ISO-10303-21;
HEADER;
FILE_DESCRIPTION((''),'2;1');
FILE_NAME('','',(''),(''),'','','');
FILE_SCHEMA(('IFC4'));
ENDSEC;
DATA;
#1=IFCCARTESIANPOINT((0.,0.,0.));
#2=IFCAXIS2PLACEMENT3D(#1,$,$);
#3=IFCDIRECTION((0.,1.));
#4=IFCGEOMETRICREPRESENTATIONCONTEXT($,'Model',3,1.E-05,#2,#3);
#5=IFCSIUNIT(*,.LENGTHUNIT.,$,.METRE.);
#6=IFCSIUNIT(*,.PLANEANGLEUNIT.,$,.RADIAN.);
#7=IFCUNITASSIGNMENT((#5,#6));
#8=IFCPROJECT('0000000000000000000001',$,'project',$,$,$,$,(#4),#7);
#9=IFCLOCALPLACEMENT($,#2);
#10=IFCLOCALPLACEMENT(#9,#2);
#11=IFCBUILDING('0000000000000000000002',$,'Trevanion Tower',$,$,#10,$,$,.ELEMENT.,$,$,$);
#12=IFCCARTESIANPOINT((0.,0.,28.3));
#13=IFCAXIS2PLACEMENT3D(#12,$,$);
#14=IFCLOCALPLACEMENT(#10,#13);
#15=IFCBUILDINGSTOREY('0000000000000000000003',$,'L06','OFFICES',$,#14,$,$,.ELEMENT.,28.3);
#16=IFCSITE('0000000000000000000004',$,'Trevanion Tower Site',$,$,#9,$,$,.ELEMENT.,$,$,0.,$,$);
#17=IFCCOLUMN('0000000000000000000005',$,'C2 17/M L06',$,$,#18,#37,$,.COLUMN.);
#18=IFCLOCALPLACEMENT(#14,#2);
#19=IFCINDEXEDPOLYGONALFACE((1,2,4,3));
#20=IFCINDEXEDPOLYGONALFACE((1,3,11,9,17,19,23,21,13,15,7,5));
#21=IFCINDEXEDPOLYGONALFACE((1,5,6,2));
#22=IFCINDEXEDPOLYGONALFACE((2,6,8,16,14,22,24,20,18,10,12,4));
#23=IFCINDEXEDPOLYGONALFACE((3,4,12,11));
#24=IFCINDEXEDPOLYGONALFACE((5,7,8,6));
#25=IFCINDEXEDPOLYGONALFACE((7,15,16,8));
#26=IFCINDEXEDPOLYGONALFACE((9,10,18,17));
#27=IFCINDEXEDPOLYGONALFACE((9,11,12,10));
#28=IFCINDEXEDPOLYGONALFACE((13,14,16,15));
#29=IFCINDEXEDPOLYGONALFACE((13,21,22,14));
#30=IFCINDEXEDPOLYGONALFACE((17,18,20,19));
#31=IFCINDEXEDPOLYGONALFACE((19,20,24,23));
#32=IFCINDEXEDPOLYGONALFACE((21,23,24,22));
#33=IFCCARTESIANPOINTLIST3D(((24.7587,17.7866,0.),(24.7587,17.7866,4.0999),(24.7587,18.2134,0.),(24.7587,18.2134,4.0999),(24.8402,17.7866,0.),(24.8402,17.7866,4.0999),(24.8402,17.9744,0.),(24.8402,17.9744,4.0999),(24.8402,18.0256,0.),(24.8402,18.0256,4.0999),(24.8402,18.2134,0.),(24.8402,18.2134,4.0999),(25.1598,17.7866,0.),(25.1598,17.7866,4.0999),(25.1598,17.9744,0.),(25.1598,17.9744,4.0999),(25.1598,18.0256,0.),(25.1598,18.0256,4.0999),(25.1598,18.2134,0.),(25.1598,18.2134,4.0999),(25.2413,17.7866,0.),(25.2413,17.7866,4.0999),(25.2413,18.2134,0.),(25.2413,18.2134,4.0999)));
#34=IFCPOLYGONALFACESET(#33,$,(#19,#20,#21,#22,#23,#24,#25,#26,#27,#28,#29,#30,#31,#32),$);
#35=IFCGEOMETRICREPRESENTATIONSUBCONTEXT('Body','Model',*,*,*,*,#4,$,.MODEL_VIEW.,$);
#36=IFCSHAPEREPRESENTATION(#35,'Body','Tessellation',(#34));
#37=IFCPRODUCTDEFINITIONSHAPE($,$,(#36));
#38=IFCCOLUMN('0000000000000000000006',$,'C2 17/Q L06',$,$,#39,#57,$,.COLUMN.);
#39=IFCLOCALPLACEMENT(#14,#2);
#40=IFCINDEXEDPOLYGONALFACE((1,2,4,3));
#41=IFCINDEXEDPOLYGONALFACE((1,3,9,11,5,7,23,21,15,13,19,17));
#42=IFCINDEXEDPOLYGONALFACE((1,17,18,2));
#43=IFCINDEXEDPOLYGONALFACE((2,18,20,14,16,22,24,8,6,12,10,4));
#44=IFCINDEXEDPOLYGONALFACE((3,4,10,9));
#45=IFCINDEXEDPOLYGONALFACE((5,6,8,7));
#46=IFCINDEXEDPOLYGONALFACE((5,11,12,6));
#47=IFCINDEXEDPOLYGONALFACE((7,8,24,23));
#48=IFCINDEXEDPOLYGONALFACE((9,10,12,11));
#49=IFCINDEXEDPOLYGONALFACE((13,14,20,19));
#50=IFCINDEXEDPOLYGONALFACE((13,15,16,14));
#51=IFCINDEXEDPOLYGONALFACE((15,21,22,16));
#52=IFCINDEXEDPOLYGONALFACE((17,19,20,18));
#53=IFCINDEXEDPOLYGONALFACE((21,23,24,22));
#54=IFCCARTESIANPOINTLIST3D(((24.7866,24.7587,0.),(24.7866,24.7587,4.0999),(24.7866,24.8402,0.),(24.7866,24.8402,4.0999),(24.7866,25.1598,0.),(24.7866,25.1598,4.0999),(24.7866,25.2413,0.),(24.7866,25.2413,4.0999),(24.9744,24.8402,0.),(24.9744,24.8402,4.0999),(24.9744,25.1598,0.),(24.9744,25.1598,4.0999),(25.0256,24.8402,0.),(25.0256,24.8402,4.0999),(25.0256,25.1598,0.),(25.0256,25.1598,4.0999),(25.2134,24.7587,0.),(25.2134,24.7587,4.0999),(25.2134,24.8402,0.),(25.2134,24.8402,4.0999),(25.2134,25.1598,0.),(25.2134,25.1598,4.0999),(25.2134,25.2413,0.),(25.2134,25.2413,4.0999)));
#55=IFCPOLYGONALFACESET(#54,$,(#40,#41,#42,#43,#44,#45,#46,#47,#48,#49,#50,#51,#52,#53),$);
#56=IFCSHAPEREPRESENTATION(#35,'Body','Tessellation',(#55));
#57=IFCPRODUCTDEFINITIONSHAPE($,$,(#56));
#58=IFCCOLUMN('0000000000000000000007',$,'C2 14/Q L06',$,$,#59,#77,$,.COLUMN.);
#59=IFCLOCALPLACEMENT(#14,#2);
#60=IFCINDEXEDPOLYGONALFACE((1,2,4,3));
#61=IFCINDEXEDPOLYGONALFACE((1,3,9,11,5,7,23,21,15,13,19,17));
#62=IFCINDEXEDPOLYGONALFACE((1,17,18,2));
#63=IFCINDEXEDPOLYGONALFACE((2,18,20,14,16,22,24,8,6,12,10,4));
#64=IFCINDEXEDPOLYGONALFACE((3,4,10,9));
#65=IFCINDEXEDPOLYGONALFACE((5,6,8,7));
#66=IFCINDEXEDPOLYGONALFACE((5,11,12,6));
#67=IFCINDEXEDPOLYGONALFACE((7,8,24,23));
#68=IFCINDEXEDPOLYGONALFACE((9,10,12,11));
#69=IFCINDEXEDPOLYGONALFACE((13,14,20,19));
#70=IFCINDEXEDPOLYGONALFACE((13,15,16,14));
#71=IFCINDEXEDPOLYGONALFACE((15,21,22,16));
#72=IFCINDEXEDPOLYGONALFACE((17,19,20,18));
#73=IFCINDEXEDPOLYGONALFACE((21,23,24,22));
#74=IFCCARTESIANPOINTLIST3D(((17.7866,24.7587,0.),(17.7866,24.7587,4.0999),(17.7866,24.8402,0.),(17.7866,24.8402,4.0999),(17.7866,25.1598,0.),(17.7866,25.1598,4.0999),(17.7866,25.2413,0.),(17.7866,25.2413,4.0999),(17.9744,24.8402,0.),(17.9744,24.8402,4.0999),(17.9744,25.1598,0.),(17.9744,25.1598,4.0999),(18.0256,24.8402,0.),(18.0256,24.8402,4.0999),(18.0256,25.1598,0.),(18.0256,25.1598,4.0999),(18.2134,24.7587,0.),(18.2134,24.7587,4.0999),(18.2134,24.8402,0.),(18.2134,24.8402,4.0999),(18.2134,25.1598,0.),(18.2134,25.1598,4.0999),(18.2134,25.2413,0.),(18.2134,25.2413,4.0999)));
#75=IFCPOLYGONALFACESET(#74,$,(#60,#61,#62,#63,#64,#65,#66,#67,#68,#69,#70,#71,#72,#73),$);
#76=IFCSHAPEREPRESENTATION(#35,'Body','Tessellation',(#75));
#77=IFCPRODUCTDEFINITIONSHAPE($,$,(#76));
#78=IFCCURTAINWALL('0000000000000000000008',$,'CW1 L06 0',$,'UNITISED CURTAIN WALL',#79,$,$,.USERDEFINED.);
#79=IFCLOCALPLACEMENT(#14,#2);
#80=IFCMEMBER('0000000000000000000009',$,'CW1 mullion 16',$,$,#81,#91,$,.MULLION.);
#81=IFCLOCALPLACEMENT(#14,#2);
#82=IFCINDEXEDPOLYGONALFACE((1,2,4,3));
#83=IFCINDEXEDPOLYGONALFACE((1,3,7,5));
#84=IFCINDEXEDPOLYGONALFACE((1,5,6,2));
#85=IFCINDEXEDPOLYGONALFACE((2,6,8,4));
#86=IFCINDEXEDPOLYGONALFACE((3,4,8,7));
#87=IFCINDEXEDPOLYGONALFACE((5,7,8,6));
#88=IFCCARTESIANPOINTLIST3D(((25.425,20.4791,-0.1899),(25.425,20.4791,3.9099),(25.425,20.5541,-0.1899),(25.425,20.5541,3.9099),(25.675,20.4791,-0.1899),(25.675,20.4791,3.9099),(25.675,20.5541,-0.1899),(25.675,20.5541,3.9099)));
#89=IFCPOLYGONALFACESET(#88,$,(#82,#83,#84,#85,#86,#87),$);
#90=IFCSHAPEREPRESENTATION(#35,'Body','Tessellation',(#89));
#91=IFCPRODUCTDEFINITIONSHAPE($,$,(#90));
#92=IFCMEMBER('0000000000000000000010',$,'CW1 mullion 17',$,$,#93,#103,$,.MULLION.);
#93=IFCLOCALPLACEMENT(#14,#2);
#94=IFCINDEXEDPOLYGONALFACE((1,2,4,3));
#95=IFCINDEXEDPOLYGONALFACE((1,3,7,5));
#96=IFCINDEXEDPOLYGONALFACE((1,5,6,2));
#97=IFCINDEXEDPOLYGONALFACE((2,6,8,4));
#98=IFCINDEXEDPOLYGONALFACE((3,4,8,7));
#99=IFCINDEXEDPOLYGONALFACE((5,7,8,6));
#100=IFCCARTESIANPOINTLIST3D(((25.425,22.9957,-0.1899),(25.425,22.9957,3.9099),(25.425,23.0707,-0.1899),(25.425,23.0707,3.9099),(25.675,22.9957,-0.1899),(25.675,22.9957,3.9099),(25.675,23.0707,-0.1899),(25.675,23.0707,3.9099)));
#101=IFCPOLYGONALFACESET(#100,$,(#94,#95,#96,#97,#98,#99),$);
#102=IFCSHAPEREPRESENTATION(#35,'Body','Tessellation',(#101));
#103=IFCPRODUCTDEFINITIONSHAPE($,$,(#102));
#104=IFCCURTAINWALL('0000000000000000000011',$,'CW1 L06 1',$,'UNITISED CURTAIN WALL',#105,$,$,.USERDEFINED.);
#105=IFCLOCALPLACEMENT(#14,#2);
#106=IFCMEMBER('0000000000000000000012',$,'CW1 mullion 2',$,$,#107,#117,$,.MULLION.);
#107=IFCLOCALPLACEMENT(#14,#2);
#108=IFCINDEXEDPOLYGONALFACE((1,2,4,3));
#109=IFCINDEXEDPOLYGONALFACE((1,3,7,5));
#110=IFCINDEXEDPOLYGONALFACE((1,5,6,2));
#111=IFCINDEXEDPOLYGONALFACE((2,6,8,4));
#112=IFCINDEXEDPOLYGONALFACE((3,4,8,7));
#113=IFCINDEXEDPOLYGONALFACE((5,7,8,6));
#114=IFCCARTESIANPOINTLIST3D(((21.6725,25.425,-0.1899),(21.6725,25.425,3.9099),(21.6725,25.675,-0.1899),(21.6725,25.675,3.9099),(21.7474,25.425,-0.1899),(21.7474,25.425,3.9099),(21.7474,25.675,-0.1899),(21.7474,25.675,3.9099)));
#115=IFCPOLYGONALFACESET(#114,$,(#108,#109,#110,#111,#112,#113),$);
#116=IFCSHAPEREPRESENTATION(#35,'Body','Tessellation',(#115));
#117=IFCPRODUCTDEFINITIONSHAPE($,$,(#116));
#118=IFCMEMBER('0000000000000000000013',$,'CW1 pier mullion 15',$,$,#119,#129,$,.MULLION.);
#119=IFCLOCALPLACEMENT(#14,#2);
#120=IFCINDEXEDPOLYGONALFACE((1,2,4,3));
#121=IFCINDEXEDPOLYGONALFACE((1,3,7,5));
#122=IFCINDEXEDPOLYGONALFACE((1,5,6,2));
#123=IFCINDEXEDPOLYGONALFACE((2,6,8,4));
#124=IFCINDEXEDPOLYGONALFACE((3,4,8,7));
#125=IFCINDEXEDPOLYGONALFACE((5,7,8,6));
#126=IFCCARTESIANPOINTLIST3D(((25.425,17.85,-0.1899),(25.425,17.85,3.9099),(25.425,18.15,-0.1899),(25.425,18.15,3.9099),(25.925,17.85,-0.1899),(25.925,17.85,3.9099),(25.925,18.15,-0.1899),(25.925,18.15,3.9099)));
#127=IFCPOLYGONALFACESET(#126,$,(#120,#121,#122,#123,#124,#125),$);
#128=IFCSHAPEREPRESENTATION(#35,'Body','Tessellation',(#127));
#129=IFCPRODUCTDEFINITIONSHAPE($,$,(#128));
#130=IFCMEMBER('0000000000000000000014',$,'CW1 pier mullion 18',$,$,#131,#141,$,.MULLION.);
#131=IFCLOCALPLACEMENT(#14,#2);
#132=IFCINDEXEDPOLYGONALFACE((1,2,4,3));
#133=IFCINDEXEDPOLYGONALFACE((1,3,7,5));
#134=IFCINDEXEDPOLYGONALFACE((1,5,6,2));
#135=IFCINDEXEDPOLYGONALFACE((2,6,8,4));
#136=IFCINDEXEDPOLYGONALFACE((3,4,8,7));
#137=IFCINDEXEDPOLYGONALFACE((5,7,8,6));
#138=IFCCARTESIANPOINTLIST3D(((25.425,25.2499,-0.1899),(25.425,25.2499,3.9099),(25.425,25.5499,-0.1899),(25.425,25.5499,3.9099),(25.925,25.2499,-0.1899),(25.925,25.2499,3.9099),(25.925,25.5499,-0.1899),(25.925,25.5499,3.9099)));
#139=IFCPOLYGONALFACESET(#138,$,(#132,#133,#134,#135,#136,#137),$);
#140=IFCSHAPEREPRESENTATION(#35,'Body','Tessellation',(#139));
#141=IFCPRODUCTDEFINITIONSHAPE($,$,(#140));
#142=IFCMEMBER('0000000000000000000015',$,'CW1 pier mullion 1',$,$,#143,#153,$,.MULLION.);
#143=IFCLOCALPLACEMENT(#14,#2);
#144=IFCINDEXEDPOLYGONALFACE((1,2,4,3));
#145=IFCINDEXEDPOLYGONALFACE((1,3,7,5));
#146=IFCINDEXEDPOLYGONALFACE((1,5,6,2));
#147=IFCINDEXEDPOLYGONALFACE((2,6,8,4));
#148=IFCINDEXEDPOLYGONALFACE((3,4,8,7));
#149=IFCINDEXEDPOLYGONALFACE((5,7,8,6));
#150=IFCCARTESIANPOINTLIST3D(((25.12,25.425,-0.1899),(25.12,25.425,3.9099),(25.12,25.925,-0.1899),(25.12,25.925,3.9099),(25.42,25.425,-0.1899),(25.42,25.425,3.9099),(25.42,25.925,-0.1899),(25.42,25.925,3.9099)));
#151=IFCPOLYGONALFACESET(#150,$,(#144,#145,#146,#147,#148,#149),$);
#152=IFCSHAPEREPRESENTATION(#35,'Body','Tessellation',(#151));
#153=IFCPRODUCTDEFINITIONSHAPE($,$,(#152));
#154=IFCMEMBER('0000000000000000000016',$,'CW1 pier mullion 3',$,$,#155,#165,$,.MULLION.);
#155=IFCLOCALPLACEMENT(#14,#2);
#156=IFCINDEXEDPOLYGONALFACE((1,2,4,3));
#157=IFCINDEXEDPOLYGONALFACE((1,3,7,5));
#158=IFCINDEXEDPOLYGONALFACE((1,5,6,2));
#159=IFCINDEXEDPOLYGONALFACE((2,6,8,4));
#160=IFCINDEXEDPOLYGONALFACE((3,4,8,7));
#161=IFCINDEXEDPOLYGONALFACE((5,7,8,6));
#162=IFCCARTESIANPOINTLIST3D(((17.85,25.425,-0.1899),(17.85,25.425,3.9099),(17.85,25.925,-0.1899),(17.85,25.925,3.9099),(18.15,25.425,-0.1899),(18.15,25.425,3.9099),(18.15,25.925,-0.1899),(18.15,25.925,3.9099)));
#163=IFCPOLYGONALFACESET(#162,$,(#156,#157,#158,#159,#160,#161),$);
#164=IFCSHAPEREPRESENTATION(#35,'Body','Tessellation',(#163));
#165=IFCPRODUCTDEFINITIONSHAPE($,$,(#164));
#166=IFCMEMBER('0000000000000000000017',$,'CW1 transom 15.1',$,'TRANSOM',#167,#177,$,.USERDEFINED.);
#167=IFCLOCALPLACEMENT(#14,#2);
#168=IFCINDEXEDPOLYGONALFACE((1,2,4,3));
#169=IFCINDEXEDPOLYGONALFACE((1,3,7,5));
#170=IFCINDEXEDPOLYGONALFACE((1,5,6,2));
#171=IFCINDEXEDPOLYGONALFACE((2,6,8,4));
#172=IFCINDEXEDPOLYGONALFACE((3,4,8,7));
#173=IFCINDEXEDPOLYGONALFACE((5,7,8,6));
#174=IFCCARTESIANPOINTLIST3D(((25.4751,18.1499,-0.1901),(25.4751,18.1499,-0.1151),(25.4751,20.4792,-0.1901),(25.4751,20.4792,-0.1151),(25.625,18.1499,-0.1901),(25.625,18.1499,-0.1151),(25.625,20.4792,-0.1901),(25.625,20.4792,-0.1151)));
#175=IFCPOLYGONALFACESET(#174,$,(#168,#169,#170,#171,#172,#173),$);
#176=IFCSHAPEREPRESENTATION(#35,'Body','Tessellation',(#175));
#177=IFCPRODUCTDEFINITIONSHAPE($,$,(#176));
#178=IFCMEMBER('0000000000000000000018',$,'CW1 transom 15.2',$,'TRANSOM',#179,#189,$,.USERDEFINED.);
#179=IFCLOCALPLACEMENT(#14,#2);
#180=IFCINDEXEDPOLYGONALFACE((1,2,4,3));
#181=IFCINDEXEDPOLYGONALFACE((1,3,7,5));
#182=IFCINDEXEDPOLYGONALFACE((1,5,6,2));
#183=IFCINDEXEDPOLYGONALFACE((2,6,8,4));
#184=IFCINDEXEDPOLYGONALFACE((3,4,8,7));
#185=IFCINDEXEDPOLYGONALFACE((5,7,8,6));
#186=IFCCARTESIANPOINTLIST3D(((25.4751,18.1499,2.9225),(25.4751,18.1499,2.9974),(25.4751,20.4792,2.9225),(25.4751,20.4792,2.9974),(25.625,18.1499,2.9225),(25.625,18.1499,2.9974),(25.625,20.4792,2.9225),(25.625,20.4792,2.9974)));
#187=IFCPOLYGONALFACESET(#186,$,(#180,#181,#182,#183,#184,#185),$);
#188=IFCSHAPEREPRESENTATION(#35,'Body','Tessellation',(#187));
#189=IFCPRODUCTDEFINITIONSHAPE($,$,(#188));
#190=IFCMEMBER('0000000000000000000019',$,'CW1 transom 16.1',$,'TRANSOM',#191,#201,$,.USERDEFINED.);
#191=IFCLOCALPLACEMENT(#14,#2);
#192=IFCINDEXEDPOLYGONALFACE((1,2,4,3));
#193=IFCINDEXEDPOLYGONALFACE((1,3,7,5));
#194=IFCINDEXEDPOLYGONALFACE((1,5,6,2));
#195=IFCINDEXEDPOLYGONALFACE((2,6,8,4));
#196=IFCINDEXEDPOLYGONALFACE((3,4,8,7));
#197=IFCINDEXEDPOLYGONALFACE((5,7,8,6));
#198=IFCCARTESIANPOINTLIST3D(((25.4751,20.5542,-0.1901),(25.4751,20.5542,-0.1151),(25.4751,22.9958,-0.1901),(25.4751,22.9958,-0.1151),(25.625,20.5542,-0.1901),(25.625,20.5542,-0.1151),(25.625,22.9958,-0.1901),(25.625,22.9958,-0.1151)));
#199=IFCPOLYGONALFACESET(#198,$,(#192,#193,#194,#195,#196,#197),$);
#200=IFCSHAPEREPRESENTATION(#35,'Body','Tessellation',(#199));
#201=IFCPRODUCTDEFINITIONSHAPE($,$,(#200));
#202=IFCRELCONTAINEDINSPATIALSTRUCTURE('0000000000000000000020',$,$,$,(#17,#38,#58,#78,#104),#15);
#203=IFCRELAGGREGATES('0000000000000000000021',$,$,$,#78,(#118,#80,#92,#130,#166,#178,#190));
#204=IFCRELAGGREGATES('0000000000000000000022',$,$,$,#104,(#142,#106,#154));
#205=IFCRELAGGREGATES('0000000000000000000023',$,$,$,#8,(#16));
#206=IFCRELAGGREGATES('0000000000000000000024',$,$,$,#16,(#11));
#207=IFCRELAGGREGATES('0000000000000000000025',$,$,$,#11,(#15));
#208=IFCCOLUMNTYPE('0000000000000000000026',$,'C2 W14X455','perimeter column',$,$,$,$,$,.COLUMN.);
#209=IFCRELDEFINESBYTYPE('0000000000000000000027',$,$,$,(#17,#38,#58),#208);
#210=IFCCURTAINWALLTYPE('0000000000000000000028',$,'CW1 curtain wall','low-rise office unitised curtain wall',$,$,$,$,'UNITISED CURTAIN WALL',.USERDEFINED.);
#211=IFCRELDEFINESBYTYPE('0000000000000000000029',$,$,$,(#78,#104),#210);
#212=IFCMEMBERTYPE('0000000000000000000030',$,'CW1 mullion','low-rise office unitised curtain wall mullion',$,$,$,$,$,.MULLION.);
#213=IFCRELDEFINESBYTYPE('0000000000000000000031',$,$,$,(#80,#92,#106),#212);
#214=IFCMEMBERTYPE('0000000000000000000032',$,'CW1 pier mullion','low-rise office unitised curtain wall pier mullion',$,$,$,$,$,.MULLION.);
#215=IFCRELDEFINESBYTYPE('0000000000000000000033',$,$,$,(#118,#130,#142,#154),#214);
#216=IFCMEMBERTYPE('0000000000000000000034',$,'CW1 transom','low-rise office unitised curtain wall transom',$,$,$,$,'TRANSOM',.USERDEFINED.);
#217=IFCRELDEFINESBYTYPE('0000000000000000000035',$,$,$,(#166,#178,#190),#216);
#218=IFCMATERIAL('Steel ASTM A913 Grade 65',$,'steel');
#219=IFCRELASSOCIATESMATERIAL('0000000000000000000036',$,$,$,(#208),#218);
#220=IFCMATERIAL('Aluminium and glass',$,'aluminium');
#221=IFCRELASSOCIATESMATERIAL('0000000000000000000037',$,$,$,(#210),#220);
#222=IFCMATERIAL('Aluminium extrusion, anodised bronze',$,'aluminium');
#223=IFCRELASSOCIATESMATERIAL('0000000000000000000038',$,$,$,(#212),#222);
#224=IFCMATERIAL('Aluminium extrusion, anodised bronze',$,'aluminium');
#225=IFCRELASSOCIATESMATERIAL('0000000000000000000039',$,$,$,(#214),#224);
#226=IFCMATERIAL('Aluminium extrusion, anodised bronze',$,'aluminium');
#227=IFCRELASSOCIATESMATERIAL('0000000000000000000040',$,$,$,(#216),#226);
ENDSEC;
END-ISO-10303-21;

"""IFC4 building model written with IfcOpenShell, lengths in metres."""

from ifc_helpers import new_model, si_unit, direction, frame, origin, origin_2d, place, context, subcontext, project, spatial, rectangle, i_section, extrude, material, material_profile, profile_set, type_object, element, aggregate, save


model = new_model("IFC4")

# Units and contexts
model_context = context("Model", 3, precision=1e-05, world=origin(), true_north=direction((0.0, 1.0)))
body_context = subcontext(model_context, "Body", "Model", "MODEL_VIEW")
ifc_project = project(units=[si_unit("LENGTHUNIT", "METRE"), si_unit("PLANEANGLEUNIT", "RADIAN")], contexts=[model_context])

# Site, building, storey
site_placement = place(None, origin())
site = spatial("IfcSite", under=ifc_project, at=site_placement, Name="Trevanion Tower Site", CompositionType="ELEMENT", RefElevation=0.0)
building_placement = place(site_placement, origin())
building = spatial("IfcBuilding", under=site, at=building_placement, Name="Trevanion Tower", CompositionType="ELEMENT")
storey_placement = place(building_placement, frame((0.0, 0.0, 28.3)))
storey = spatial("IfcBuildingStorey", under=building, at=storey_placement, Name="L06", Description="OFFICES", CompositionType="ELEMENT", Elevation=28.3)

# Columns
ifc_material_1 = material(Name="Steel ASTM A913 Grade 65", Category="steel")
ifc_material_profile_1 = material_profile(ifc_material_1, i_section(OverallWidth=0.4268, OverallDepth=0.4827, WebThickness=0.0513, FlangeThickness=0.0815, at=origin_2d()), Name="W14X455")
ifc_profile_set_1 = profile_set([ifc_material_profile_1], Name="Steel ASTM A913 Grade 65")
column_type = type_object("IfcColumnType", Name="C2 W14X455", Description="perimeter column", PredefinedType="COLUMN", material=ifc_profile_set_1)
for number, where, z_axis, x_axis, name in (
    (1, (25.0, 18.0, 0.0), (0.0, 0.0, 1.0), (0.0, 1.0, 0.0), "C2 17/M L06"),
    (2, (25.0, 25.0, 0.0), (0.0, 0.0, 1.0), (1.0, 0.0, 0.0), "C2 17/Q L06"),
    (3, (18.0, 25.0, 0.0), (0.0, 0.0, 1.0), (1.0, 0.0, 0.0), "C2 14/Q L06"),
):
    element("IfcColumn", number, at=place(storey_placement, frame(where, z_axis=z_axis, x_axis=x_axis)), inside=storey, type_object=column_type, Name=name, PredefinedType="COLUMN", context=body_context, shape_type="SweptSolid", body=[
        extrude(i_section(OverallWidth=0.4268, OverallDepth=0.4827, WebThickness=0.0513, FlangeThickness=0.0815, at=origin_2d()), origin(), (0.0, 0.0, 1.0), 4.0999),
    ])

# Curtain wall, members
ifc_material_2 = material(Name="Aluminium and glass", Category="aluminium")
curtain_wall_type = type_object("IfcCurtainWallType", Name="CW1 curtain wall", Description="low-rise office unitised curtain wall", ElementType="UNITISED CURTAIN WALL", PredefinedType="USERDEFINED", material=ifc_material_2)
curtain_wall_1_placement = place(storey_placement, origin())
curtain_wall_1 = element("IfcCurtainWall", 4, at=curtain_wall_1_placement, inside=storey, type_object=curtain_wall_type, Name="CW1 L06 0", ObjectType="UNITISED CURTAIN WALL", PredefinedType="USERDEFINED")
ifc_material_3 = material(Name="Aluminium extrusion, anodised bronze", Category="aluminium")
ifc_material_profile_2 = material_profile(ifc_material_3, rectangle(XDim=0.075, YDim=0.25, at=origin_2d()), Name="CW1 mullion")
ifc_profile_set_2 = profile_set([ifc_material_profile_2], Name="Aluminium extrusion, anodised bronze")
member_type_1 = type_object("IfcMemberType", Name="CW1 mullion", Description="low-rise office unitised curtain wall mullion", PredefinedType="MULLION", material=ifc_profile_set_2)
member_1_placement = place(storey_placement, frame((25.55, 20.5166, -0.1899), z_axis=(0.0, 0.0, 1.0), x_axis=(0.0, 1.0, 0.0)))
member_1 = element("IfcMember", 5, at=member_1_placement, type_object=member_type_1, Name="CW1 mullion 16", PredefinedType="MULLION", context=body_context, shape_type="SweptSolid", body=[
    extrude(rectangle(XDim=0.075, YDim=0.25, at=origin_2d()), origin(), (0.0, 0.0, 1.0), 4.0999),
])
member_2_placement = place(storey_placement, frame((25.55, 23.0332, -0.1899), z_axis=(0.0, 0.0, 1.0), x_axis=(0.0, 1.0, 0.0)))
member_2 = element("IfcMember", 6, at=member_2_placement, type_object=member_type_1, Name="CW1 mullion 17", PredefinedType="MULLION", context=body_context, shape_type="SweptSolid", body=[
    extrude(rectangle(XDim=0.075, YDim=0.25, at=origin_2d()), origin(), (0.0, 0.0, 1.0), 4.0999),
])

# Curtain wall, member
curtain_wall_2_placement = place(storey_placement, origin())
curtain_wall_2 = element("IfcCurtainWall", 7, at=curtain_wall_2_placement, inside=storey, type_object=curtain_wall_type, Name="CW1 L06 1", ObjectType="UNITISED CURTAIN WALL", PredefinedType="USERDEFINED")
member_3_placement = place(storey_placement, frame((21.71, 25.55, -0.1899), z_axis=(0.0, 0.0, 1.0), x_axis=(-1.0, 0.0, 0.0)))
member_3 = element("IfcMember", 8, at=member_3_placement, type_object=member_type_1, Name="CW1 mullion 2", PredefinedType="MULLION", context=body_context, shape_type="SweptSolid", body=[
    extrude(rectangle(XDim=0.075, YDim=0.25, at=origin_2d()), origin(), (0.0, 0.0, 1.0), 4.0999),
])

# Members
ifc_material_4 = material(Name="Aluminium extrusion, anodised bronze", Category="aluminium")
ifc_material_profile_3 = material_profile(ifc_material_4, rectangle(XDim=0.3, YDim=0.5, at=origin_2d()), Name="CW1 pier mullion")
ifc_profile_set_3 = profile_set([ifc_material_profile_3], Name="Aluminium extrusion, anodised bronze")
member_type_2 = type_object("IfcMemberType", Name="CW1 pier mullion", Description="low-rise office unitised curtain wall pier mullion", PredefinedType="MULLION", material=ifc_profile_set_3)
member_4_placement = place(storey_placement, frame((25.675, 18.0, -0.1899), z_axis=(0.0, 0.0, 1.0), x_axis=(0.0, 1.0, 0.0)))
member_4 = element("IfcMember", 9, at=member_4_placement, type_object=member_type_2, Name="CW1 pier mullion 15", PredefinedType="MULLION", context=body_context, shape_type="SweptSolid", body=[
    extrude(rectangle(XDim=0.3, YDim=0.5, at=origin_2d()), origin(), (0.0, 0.0, 1.0), 4.0999),
])
member_5_placement = place(storey_placement, frame((25.675, 25.3999, -0.1899), z_axis=(0.0, 0.0, 1.0), x_axis=(0.0, 1.0, 0.0)))
member_5 = element("IfcMember", 10, at=member_5_placement, type_object=member_type_2, Name="CW1 pier mullion 18", PredefinedType="MULLION", context=body_context, shape_type="SweptSolid", body=[
    extrude(rectangle(XDim=0.3, YDim=0.5, at=origin_2d()), origin(), (0.0, 0.0, 1.0), 4.0999),
])
member_6_placement = place(storey_placement, frame((25.27, 25.675, -0.1899), z_axis=(0.0, 0.0, 1.0), x_axis=(-1.0, 0.0, 0.0)))
member_6 = element("IfcMember", 11, at=member_6_placement, type_object=member_type_2, Name="CW1 pier mullion 1", PredefinedType="MULLION", context=body_context, shape_type="SweptSolid", body=[
    extrude(rectangle(XDim=0.3, YDim=0.5, at=origin_2d()), origin(), (0.0, 0.0, 1.0), 4.0999),
])
member_7_placement = place(storey_placement, frame((18.0, 25.675, -0.1899), z_axis=(0.0, 0.0, 1.0), x_axis=(-1.0, 0.0, 0.0)))
member_7 = element("IfcMember", 12, at=member_7_placement, type_object=member_type_2, Name="CW1 pier mullion 3", PredefinedType="MULLION", context=body_context, shape_type="SweptSolid", body=[
    extrude(rectangle(XDim=0.3, YDim=0.5, at=origin_2d()), origin(), (0.0, 0.0, 1.0), 4.0999),
])
ifc_material_5 = material(Name="Aluminium extrusion, anodised bronze", Category="aluminium")
ifc_material_profile_4 = material_profile(ifc_material_5, rectangle(XDim=0.1499, YDim=0.075, at=origin_2d()), Name="CW1 transom")
ifc_profile_set_4 = profile_set([ifc_material_profile_4], Name="Aluminium extrusion, anodised bronze")
member_type_3 = type_object("IfcMemberType", Name="CW1 transom", Description="low-rise office unitised curtain wall transom", ElementType="TRANSOM", PredefinedType="USERDEFINED", material=ifc_profile_set_4)
member_8_placement = place(storey_placement, frame((25.55, 18.1499, -0.1526), z_axis=(0.0, 1.0, 0.0), x_axis=(-1.0, 0.0, 0.0)))
member_8 = element("IfcMember", 13, at=member_8_placement, type_object=member_type_3, Name="CW1 transom 15.1", ObjectType="TRANSOM", PredefinedType="USERDEFINED", context=body_context, shape_type="SweptSolid", body=[
    extrude(rectangle(XDim=0.1499, YDim=0.075, at=origin_2d()), origin(), (0.0, 0.0, 1.0), 2.3293),
])
member_9_placement = place(storey_placement, frame((25.55, 18.1499, 2.96), z_axis=(0.0, 1.0, 0.0), x_axis=(-1.0, 0.0, 0.0)))
member_9 = element("IfcMember", 14, at=member_9_placement, type_object=member_type_3, Name="CW1 transom 15.2", ObjectType="TRANSOM", PredefinedType="USERDEFINED", context=body_context, shape_type="SweptSolid", body=[
    extrude(rectangle(XDim=0.1499, YDim=0.075, at=origin_2d()), origin(), (0.0, 0.0, 1.0), 2.3293),
])
member_10_placement = place(storey_placement, frame((25.55, 20.5542, -0.1526), z_axis=(0.0, 1.0, 0.0), x_axis=(-1.0, 0.0, 0.0)))
member_10 = element("IfcMember", 15, at=member_10_placement, type_object=member_type_3, Name="CW1 transom 16.1", ObjectType="TRANSOM", PredefinedType="USERDEFINED", context=body_context, shape_type="SweptSolid", body=[
    extrude(rectangle(XDim=0.1499, YDim=0.075, at=origin_2d()), origin(), (0.0, 0.0, 1.0), 2.4417),
])

aggregate(curtain_wall_1, [member_4, member_1, member_2, member_5, member_8, member_9, member_10])
aggregate(curtain_wall_2, [member_6, member_3, member_7])

save(model, "model.ifc")
